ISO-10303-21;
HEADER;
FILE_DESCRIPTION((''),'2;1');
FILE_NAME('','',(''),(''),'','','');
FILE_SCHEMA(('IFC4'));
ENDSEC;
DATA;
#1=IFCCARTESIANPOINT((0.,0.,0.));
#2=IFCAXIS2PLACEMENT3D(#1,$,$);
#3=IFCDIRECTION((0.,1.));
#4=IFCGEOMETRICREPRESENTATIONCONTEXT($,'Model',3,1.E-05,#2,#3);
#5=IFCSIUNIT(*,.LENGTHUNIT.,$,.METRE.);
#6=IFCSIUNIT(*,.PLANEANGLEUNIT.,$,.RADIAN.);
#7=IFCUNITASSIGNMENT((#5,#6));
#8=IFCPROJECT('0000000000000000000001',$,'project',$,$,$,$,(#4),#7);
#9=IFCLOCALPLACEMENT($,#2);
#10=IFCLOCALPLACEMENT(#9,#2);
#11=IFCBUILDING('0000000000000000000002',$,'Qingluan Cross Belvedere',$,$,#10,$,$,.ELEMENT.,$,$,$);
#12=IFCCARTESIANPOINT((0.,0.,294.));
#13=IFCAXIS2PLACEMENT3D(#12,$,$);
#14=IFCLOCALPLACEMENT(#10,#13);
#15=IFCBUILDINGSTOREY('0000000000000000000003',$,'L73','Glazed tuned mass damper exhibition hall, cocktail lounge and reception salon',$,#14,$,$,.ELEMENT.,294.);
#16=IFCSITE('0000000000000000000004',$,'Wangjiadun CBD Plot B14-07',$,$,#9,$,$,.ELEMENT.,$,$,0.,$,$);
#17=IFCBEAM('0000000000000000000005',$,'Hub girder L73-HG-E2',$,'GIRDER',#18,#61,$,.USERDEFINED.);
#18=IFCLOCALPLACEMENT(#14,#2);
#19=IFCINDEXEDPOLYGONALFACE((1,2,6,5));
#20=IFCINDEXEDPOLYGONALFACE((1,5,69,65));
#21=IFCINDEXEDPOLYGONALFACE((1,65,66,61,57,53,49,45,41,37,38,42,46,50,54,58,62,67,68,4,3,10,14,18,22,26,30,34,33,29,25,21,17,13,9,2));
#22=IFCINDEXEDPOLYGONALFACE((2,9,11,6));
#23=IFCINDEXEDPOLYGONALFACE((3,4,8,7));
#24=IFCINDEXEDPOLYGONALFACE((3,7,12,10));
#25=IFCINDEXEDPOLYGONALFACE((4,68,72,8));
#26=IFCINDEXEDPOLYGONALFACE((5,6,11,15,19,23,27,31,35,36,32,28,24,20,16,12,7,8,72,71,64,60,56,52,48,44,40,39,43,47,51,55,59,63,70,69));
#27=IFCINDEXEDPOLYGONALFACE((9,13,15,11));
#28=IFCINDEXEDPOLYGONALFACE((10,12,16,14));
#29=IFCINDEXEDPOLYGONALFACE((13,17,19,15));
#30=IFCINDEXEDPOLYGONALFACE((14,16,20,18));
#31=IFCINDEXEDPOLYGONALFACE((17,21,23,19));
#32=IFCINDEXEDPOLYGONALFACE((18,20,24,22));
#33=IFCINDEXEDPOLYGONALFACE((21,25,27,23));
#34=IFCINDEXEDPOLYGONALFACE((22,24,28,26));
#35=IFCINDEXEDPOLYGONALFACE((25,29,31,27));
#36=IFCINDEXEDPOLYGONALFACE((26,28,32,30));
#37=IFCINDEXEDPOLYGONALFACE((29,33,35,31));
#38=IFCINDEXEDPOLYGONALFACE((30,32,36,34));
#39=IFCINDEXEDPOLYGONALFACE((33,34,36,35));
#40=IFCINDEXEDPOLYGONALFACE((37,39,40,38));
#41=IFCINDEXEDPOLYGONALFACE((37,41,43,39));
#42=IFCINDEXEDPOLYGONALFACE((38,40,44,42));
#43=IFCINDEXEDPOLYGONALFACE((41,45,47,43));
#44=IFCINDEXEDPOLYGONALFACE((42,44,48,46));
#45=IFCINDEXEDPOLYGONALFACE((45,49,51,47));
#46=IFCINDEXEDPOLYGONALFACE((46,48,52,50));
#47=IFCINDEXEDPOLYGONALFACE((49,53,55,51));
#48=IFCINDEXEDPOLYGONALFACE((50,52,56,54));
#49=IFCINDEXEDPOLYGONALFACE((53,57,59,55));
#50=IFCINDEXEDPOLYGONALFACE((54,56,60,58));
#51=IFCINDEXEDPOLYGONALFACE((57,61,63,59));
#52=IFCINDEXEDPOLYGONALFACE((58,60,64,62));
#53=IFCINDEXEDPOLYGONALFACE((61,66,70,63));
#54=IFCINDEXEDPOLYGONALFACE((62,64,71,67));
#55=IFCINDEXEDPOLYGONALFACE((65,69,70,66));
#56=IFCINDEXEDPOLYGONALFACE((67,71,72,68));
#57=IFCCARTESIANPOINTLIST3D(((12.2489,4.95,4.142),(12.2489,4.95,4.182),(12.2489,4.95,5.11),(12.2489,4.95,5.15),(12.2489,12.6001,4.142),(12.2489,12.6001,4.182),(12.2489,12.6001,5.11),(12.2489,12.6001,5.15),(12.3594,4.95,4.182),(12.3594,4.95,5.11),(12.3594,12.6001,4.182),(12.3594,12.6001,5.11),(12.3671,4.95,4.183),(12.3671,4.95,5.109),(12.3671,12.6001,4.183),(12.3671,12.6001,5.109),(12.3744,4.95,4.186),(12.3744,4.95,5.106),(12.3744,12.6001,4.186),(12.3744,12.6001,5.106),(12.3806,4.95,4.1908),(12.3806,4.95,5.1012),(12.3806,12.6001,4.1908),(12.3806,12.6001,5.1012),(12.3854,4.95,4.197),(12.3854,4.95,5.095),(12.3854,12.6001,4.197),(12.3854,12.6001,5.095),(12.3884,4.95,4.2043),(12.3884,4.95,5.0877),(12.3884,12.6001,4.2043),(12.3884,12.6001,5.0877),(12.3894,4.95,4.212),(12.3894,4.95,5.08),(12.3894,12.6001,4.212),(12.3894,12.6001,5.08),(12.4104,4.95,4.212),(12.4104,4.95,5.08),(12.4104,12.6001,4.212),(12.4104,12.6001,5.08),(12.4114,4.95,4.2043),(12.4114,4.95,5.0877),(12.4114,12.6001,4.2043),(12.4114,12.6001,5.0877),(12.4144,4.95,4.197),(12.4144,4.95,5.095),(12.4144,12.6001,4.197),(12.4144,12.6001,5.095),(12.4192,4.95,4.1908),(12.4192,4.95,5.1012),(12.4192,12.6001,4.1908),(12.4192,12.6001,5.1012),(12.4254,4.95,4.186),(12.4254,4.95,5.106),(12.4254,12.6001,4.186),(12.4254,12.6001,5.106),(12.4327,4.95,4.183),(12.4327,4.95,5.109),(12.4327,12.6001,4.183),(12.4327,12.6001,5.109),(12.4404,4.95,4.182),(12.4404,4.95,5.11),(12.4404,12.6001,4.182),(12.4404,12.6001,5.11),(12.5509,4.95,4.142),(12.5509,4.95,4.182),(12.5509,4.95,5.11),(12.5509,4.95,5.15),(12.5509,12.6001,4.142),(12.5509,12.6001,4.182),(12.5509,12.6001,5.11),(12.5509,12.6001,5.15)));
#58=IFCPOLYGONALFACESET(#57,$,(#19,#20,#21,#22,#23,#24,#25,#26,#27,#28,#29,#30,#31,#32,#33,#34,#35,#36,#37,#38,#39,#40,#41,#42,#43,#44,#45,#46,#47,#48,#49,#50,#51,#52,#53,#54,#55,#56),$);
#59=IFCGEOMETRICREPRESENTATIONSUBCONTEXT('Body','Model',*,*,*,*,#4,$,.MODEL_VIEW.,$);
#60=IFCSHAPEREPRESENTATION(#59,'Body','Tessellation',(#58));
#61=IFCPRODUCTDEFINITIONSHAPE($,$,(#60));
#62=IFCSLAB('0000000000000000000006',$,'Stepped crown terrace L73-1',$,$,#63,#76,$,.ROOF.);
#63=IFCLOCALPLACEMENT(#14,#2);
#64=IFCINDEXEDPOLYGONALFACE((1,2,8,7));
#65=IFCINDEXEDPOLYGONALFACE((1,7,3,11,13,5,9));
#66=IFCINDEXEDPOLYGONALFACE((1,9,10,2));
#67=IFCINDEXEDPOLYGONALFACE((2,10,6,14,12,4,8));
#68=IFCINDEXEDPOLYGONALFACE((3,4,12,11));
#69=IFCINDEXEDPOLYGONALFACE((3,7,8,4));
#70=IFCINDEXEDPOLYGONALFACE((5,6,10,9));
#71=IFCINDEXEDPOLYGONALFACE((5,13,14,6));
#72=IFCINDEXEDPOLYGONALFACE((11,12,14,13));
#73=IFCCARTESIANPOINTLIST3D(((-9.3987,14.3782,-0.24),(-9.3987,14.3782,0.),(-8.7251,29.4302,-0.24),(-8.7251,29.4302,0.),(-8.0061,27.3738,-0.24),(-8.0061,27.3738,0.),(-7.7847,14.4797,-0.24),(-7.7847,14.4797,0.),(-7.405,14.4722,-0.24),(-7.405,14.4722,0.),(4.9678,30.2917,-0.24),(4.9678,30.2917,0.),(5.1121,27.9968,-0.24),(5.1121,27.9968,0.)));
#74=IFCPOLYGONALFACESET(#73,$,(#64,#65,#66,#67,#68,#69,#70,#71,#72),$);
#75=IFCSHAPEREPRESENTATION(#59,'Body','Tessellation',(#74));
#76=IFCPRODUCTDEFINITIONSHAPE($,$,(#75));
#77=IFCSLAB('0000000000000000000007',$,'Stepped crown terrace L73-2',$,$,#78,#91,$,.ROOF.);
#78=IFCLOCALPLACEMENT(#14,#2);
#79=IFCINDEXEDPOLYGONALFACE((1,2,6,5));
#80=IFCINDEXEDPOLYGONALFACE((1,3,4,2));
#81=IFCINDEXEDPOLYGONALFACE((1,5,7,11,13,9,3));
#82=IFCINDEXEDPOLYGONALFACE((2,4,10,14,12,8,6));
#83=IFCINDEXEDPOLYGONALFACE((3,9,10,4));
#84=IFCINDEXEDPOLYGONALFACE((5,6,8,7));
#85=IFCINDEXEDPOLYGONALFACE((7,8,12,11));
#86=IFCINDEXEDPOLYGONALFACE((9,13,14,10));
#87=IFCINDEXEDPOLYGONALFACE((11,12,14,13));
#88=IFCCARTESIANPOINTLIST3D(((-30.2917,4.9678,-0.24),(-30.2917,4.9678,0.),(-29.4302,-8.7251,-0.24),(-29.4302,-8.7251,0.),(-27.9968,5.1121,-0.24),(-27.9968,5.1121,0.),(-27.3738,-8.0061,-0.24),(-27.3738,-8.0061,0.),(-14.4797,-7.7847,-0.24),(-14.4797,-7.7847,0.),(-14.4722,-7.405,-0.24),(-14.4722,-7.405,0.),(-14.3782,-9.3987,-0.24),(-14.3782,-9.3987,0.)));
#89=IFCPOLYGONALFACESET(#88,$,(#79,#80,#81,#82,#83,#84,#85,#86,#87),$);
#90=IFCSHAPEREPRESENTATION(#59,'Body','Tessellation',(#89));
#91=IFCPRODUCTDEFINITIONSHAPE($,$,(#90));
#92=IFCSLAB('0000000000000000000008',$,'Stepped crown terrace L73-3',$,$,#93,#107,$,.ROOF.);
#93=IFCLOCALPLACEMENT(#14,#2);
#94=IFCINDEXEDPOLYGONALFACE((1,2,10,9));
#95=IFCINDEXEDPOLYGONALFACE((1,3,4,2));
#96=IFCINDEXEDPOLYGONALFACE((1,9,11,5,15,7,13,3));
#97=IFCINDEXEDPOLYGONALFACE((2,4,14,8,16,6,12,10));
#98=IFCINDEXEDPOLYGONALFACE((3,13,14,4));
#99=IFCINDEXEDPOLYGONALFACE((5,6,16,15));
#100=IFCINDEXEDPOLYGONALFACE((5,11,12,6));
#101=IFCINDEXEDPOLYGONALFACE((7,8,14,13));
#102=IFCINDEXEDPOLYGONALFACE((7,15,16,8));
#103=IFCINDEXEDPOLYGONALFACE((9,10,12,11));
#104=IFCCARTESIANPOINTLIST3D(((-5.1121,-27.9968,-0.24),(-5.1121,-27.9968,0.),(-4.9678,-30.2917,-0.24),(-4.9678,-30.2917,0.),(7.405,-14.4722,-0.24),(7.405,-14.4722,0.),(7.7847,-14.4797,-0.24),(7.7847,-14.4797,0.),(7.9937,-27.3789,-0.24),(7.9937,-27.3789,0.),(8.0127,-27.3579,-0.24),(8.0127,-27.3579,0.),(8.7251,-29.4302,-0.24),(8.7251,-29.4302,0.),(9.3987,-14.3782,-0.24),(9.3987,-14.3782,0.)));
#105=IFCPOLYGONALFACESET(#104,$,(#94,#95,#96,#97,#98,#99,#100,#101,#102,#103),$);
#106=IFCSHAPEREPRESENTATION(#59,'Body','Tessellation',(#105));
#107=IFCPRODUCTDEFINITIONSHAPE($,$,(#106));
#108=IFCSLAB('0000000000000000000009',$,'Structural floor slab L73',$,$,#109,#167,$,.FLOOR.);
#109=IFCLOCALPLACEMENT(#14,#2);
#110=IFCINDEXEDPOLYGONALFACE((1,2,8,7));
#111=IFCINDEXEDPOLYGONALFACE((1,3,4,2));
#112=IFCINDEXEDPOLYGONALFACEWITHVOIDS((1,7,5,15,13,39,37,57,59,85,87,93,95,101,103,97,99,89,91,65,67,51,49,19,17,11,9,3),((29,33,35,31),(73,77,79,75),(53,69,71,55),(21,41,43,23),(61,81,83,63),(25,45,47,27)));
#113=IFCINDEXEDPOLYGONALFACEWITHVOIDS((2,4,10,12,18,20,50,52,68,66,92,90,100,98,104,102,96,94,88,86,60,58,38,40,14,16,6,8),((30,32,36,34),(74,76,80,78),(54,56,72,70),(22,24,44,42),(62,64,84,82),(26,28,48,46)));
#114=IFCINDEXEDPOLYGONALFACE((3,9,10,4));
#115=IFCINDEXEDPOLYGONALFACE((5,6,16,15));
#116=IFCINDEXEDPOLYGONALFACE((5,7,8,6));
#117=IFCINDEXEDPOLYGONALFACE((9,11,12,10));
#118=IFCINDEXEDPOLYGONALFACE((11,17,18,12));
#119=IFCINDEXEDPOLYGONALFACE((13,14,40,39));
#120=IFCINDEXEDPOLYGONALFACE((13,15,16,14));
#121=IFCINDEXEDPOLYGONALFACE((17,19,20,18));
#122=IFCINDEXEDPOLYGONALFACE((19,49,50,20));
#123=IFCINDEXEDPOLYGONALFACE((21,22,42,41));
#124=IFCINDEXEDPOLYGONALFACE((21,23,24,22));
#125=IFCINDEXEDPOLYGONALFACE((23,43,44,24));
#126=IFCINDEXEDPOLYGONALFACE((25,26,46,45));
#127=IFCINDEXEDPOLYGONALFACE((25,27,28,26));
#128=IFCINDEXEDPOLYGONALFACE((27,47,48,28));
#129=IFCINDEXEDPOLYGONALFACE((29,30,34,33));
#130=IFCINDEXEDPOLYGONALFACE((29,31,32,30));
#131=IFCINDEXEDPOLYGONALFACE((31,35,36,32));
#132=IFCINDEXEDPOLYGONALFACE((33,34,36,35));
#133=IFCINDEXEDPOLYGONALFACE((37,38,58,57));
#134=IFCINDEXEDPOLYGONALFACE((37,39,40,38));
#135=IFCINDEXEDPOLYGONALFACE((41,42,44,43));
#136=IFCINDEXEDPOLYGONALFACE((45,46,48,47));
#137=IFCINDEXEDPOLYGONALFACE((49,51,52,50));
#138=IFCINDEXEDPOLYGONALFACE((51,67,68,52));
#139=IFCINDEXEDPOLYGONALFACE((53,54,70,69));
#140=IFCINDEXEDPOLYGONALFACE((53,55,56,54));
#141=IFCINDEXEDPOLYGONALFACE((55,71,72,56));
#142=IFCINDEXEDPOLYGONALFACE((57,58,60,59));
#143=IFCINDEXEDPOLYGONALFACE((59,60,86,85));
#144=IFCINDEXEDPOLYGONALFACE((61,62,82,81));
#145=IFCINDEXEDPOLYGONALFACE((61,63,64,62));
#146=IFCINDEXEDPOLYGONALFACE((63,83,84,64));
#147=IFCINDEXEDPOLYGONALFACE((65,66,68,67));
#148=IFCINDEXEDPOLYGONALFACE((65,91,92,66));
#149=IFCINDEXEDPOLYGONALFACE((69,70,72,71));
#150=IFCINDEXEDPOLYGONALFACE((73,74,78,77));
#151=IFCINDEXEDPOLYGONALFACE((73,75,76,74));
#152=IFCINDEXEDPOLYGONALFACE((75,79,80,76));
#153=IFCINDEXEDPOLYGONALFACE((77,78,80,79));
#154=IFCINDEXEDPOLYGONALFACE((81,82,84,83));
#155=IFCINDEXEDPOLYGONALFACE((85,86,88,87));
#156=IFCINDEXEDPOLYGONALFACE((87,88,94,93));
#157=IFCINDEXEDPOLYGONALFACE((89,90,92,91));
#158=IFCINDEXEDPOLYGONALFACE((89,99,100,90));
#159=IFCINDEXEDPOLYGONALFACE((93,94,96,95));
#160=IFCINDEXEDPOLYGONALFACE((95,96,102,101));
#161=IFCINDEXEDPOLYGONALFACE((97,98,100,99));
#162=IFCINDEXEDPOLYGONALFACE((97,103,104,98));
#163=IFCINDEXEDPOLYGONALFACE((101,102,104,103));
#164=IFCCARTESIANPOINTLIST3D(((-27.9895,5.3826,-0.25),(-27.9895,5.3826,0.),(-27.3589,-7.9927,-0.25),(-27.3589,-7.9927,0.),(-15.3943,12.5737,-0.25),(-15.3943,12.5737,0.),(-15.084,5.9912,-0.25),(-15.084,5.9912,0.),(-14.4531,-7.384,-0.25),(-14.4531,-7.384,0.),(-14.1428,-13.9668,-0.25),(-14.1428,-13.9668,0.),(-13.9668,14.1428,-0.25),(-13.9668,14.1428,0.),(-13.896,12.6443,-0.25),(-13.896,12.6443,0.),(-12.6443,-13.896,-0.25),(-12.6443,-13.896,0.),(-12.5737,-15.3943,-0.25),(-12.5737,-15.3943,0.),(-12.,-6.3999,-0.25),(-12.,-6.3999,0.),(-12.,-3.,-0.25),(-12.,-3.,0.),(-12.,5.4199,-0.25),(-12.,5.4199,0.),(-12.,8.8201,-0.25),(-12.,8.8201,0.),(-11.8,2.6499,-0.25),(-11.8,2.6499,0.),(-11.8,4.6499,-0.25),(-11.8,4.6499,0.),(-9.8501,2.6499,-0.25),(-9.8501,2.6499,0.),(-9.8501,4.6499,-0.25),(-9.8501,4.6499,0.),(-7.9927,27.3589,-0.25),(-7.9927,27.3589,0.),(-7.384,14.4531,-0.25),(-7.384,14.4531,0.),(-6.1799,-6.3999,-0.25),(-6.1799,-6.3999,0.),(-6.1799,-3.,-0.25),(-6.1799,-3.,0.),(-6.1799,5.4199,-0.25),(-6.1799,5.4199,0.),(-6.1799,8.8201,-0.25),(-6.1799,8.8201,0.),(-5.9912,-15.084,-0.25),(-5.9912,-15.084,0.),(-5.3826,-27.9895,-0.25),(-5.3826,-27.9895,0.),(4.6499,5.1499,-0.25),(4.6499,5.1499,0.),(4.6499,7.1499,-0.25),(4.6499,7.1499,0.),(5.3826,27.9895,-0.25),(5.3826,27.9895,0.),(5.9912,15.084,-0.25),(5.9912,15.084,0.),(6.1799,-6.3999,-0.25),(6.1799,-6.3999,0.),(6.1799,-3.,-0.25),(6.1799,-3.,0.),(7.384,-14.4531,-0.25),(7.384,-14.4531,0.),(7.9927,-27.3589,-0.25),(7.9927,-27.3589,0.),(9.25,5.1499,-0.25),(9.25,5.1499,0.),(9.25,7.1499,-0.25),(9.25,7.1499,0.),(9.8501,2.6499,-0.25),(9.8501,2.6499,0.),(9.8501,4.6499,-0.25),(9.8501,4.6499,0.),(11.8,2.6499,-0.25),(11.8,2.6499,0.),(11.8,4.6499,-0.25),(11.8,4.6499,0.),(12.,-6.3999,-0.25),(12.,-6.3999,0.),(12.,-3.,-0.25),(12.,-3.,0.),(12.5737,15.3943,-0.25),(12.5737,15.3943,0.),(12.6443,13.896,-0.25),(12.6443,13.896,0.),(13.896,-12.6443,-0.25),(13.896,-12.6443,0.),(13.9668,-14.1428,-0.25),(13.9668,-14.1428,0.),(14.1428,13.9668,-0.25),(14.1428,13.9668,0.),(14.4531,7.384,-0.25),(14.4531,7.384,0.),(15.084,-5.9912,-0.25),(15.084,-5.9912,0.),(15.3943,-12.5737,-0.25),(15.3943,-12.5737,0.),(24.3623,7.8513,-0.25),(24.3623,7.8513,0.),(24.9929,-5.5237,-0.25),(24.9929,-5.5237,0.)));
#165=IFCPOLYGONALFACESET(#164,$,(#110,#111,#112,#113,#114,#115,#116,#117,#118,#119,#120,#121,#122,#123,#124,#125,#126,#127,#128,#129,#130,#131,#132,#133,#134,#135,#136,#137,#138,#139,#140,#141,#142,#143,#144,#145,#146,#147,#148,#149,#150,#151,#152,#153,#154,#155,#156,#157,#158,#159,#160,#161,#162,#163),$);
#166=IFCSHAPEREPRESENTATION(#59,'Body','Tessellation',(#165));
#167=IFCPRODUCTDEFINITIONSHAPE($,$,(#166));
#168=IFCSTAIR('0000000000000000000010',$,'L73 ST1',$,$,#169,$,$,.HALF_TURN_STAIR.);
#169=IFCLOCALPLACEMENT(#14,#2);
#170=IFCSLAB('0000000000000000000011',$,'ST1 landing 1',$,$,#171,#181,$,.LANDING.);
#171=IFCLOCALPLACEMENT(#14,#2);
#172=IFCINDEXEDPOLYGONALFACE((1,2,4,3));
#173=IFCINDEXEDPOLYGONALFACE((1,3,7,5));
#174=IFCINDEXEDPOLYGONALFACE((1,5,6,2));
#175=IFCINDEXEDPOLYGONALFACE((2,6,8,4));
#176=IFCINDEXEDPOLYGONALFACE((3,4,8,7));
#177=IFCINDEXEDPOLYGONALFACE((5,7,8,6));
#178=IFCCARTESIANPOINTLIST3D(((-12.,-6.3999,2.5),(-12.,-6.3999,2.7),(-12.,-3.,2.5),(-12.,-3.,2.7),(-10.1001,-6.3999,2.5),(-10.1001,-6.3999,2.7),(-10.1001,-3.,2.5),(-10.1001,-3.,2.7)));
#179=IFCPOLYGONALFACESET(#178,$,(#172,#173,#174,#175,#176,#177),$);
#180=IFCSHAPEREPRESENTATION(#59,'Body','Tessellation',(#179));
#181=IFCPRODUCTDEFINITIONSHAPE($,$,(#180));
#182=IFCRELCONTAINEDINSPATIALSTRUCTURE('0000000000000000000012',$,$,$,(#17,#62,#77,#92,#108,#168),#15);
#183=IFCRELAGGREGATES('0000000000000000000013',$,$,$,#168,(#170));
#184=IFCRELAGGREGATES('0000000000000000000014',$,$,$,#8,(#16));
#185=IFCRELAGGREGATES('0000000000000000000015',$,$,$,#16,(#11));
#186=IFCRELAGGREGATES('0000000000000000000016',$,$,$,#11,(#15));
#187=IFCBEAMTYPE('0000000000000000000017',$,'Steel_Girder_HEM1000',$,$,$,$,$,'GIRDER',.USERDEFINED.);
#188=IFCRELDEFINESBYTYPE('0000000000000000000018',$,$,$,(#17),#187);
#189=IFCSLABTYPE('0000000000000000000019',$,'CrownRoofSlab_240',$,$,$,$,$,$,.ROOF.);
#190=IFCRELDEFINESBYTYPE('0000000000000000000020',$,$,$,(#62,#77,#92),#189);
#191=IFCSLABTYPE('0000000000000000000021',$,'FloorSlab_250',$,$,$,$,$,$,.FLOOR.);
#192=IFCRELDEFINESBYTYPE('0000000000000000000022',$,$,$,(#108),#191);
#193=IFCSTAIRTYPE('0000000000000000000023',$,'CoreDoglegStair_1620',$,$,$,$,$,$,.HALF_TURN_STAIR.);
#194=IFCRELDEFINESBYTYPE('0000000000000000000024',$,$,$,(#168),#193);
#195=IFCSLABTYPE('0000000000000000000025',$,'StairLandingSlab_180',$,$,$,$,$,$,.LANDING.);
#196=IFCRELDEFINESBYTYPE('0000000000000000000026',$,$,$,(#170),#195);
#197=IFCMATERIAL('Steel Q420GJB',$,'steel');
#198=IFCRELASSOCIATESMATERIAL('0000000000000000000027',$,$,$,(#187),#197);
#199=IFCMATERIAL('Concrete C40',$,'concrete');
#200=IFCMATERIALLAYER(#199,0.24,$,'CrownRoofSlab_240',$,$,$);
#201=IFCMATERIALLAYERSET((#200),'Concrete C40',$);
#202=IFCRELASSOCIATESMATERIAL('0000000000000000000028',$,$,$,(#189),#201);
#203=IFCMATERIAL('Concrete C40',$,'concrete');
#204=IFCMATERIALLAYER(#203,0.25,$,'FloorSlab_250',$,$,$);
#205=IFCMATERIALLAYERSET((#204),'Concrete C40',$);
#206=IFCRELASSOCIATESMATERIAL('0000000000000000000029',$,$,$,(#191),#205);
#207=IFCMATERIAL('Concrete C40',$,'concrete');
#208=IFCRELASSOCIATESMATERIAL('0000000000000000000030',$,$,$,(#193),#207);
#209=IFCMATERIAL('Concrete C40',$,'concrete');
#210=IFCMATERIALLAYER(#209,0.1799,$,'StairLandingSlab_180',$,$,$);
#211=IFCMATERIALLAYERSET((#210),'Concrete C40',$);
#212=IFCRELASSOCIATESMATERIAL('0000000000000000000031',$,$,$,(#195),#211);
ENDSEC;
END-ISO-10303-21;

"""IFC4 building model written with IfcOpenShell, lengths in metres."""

from ifc_helpers import new_model, si_unit, direction, frame, origin, origin_2d, place, context, subcontext, project, spatial, polyline, i_section, outline, extrude, material, layer, layer_set, material_profile, profile_set, type_object, element, aggregate, save


model = new_model("IFC4")

# Units and contexts
model_context = context("Model", 3, precision=1e-05, world=origin(), true_north=direction((0.0, 1.0)))
body_context = subcontext(model_context, "Body", "Model", "MODEL_VIEW")
ifc_project = project(units=[si_unit("LENGTHUNIT", "METRE"), si_unit("PLANEANGLEUNIT", "RADIAN")], contexts=[model_context])

# Site, building, storey
site_placement = place(None, origin())
site = spatial("IfcSite", under=ifc_project, at=site_placement, Name="Wangjiadun CBD Plot B14-07", CompositionType="ELEMENT", RefElevation=0.0)
building_placement = place(site_placement, origin())
building = spatial("IfcBuilding", under=site, at=building_placement, Name="Qingluan Cross Belvedere", CompositionType="ELEMENT")
storey_placement = place(building_placement, frame((0.0, 0.0, 294.0)))
storey = spatial("IfcBuildingStorey", under=building, at=storey_placement, Name="L73", Description="Glazed tuned mass damper exhibition hall, cocktail lounge and reception salon", CompositionType="ELEMENT", Elevation=294.0)

# Beam
ifc_material_1 = material(Name="Steel Q420GJB", Category="steel")
ifc_material_profile = material_profile(ifc_material_1, i_section(OverallWidth=0.302, OverallDepth=1.0081, WebThickness=0.021, FlangeThickness=0.04, FilletRadius=0.03, at=origin_2d()), Name="HEM1000")
ifc_profile_set = profile_set([ifc_material_profile], Name="Steel Q420GJB")
beam_type = type_object("IfcBeamType", Name="Steel_Girder_HEM1000", ElementType="GIRDER", PredefinedType="USERDEFINED", material=ifc_profile_set)
beam_placement = place(storey_placement, frame((12.3999, 4.95, 4.646), z_axis=(0.0, 1.0, 0.0), x_axis=(-1.0, 0.0, 0.0)))
element("IfcBeam", 1, at=beam_placement, inside=storey, type_object=beam_type, Name="Hub girder L73-HG-E2", ObjectType="GIRDER", PredefinedType="USERDEFINED", context=body_context, shape_type="SweptSolid", body=[
    extrude(i_section(OverallWidth=0.302, OverallDepth=1.0081, WebThickness=0.021, FlangeThickness=0.04, FilletRadius=0.03, at=origin_2d()), origin(), (0.0, 0.0, 1.0), 7.6501),
])

# Slabs
ifc_material_2 = material(Name="Concrete C40", Category="concrete")
ifc_layer_1 = layer(ifc_material_2, 0.24, Name="CrownRoofSlab_240")
ifc_layer_set_1 = layer_set([ifc_layer_1], Name="Concrete C40")
slab_type_1 = type_object("IfcSlabType", Name="CrownRoofSlab_240", PredefinedType="ROOF", material=ifc_layer_set_1)
slab_1_placement = place(storey_placement, frame((0.0, 0.0, -0.24)))
element("IfcSlab", 2, at=slab_1_placement, inside=storey, type_object=slab_type_1, Name="Stepped crown terrace L73-1", PredefinedType="ROOF", context=body_context, shape_type="SweptSolid", body=[
    extrude(outline(polyline([(-7.7847, 14.4797), (-9.3987, 14.3782), (-7.405, 14.4722), (-8.0061, 27.3738), (5.1121, 27.9968), (4.9678, 30.2917), (-8.7251, 29.4302), (-7.7847, 14.4797)])), origin(), (0.0, 0.0, 1.0), 0.24),
])
slab_2_placement = place(storey_placement, frame((0.0, 0.0, -0.24)))
element("IfcSlab", 3, at=slab_2_placement, inside=storey, type_object=slab_type_1, Name="Stepped crown terrace L73-2", PredefinedType="ROOF", context=body_context, shape_type="SweptSolid", body=[
    extrude(outline(polyline([(-14.4797, -7.7847), (-14.3782, -9.3987), (-14.4722, -7.405), (-27.3738, -8.0061), (-27.9968, 5.1121), (-30.2917, 4.9678), (-29.4302, -8.7251), (-14.4797, -7.7847)])), origin(), (0.0, 0.0, 1.0), 0.24),
])
slab_3_placement = place(storey_placement, frame((0.0, 0.0, -0.24)))
element("IfcSlab", 4, at=slab_3_placement, inside=storey, type_object=slab_type_1, Name="Stepped crown terrace L73-3", PredefinedType="ROOF", context=body_context, shape_type="SweptSolid", body=[
    extrude(outline(polyline([(-5.1121, -27.9968), (-4.9678, -30.2917), (8.7251, -29.4302), (7.7847, -14.4797), (9.3987, -14.3782), (7.405, -14.4722), (8.0127, -27.3579), (7.9937, -27.3789), (-5.1121, -27.9968)])), origin(), (0.0, 0.0, 1.0), 0.24),
])
ifc_material_3 = material(Name="Concrete C40", Category="concrete")
ifc_layer_2 = layer(ifc_material_3, 0.25, Name="FloorSlab_250")
ifc_layer_set_2 = layer_set([ifc_layer_2], Name="Concrete C40")
slab_type_2 = type_object("IfcSlabType", Name="FloorSlab_250", PredefinedType="FLOOR", material=ifc_layer_set_2)
slab_4_placement = place(storey_placement, frame((0.0, 0.0, -0.25)))
element("IfcSlab", 5, at=slab_4_placement, inside=storey, type_object=slab_type_2, Name="Structural floor slab L73", PredefinedType="FLOOR", context=body_context, shape_type="SweptSolid", body=[
    extrude(outline(polyline([(7.9927, -27.3589), (7.384, -14.4531), (13.9668, -14.1428), (13.896, -12.6443), (15.3943, -12.5737), (15.084, -5.9912), (24.9929, -5.5237), (24.3623, 7.8513), (14.4531, 7.384), (14.1428, 13.9668), (12.6443, 13.896), (12.5737, 15.3943), (5.9912, 15.084), (5.3826, 27.9895), (-7.9927, 27.3589), (-7.384, 14.4531), (-13.9668, 14.1428), (-13.896, 12.6443), (-15.3943, 12.5737), (-15.084, 5.9912), (-27.9895, 5.3826), (-27.3589, -7.9927), (-14.4531, -7.384), (-14.1428, -13.9668), (-12.6443, -13.896), (-12.5737, -15.3943), (-5.9912, -15.084), (-5.3826, -27.9895), (7.9927, -27.3589)]), holes=[polyline([(-12.0, -3.0), (-6.1799, -3.0), (-6.1799, -6.3999), (-12.0, -6.3999), (-12.0, -3.0)]), polyline([(6.1799, -3.0), (12.0, -3.0), (12.0, -6.3999), (6.1799, -6.3999), (6.1799, -3.0)]), polyline([(-12.0, 8.8201), (-6.1799, 8.8201), (-6.1799, 5.4199), (-12.0, 5.4199), (-12.0, 8.8201)]), polyline([(-11.8, 4.6499), (-9.8501, 4.6499), (-9.8501, 2.6499), (-11.8, 2.6499), (-11.8, 4.6499)]), polyline([(9.8501, 4.6499), (11.8, 4.6499), (11.8, 2.6499), (9.8501, 2.6499), (9.8501, 4.6499)]), polyline([(4.6499, 7.1499), (9.25, 7.1499), (9.25, 5.1499), (4.6499, 5.1499), (4.6499, 7.1499)])]), origin(), (0.0, 0.0, 1.0), 0.25),
])

# Stair, slab
ifc_material_4 = material(Name="Concrete C40", Category="concrete")
stair_type = type_object("IfcStairType", Name="CoreDoglegStair_1620", PredefinedType="HALF_TURN_STAIR", material=ifc_material_4)
stair_1_placement = place(storey_placement, origin())
stair_1 = element("IfcStair", 6, at=stair_1_placement, inside=storey, type_object=stair_type, Name="L73 ST1", PredefinedType="HALF_TURN_STAIR")
ifc_material_5 = material(Name="Concrete C40", Category="concrete")
ifc_layer_3 = layer(ifc_material_5, 0.1799, Name="StairLandingSlab_180")
ifc_layer_set_3 = layer_set([ifc_layer_3], Name="Concrete C40")
slab_type_3 = type_object("IfcSlabType", Name="StairLandingSlab_180", PredefinedType="LANDING", material=ifc_layer_set_3)
slab_5_placement = place(storey_placement, frame((0.0, 0.0, 2.5)))
slab_5 = element("IfcSlab", 7, at=slab_5_placement, type_object=slab_type_3, Name="ST1 landing 1", PredefinedType="LANDING", context=body_context, shape_type="SweptSolid", body=[
    extrude(outline(polyline([(-10.1001, -3.0), (-12.0, -3.0), (-12.0, -6.3999), (-10.1001, -6.3999), (-10.1001, -3.0)])), origin(), (0.0, 0.0, 1.0), 0.2),
])
aggregate(stair_1, [slab_5])

save(model, "model.ifc")
